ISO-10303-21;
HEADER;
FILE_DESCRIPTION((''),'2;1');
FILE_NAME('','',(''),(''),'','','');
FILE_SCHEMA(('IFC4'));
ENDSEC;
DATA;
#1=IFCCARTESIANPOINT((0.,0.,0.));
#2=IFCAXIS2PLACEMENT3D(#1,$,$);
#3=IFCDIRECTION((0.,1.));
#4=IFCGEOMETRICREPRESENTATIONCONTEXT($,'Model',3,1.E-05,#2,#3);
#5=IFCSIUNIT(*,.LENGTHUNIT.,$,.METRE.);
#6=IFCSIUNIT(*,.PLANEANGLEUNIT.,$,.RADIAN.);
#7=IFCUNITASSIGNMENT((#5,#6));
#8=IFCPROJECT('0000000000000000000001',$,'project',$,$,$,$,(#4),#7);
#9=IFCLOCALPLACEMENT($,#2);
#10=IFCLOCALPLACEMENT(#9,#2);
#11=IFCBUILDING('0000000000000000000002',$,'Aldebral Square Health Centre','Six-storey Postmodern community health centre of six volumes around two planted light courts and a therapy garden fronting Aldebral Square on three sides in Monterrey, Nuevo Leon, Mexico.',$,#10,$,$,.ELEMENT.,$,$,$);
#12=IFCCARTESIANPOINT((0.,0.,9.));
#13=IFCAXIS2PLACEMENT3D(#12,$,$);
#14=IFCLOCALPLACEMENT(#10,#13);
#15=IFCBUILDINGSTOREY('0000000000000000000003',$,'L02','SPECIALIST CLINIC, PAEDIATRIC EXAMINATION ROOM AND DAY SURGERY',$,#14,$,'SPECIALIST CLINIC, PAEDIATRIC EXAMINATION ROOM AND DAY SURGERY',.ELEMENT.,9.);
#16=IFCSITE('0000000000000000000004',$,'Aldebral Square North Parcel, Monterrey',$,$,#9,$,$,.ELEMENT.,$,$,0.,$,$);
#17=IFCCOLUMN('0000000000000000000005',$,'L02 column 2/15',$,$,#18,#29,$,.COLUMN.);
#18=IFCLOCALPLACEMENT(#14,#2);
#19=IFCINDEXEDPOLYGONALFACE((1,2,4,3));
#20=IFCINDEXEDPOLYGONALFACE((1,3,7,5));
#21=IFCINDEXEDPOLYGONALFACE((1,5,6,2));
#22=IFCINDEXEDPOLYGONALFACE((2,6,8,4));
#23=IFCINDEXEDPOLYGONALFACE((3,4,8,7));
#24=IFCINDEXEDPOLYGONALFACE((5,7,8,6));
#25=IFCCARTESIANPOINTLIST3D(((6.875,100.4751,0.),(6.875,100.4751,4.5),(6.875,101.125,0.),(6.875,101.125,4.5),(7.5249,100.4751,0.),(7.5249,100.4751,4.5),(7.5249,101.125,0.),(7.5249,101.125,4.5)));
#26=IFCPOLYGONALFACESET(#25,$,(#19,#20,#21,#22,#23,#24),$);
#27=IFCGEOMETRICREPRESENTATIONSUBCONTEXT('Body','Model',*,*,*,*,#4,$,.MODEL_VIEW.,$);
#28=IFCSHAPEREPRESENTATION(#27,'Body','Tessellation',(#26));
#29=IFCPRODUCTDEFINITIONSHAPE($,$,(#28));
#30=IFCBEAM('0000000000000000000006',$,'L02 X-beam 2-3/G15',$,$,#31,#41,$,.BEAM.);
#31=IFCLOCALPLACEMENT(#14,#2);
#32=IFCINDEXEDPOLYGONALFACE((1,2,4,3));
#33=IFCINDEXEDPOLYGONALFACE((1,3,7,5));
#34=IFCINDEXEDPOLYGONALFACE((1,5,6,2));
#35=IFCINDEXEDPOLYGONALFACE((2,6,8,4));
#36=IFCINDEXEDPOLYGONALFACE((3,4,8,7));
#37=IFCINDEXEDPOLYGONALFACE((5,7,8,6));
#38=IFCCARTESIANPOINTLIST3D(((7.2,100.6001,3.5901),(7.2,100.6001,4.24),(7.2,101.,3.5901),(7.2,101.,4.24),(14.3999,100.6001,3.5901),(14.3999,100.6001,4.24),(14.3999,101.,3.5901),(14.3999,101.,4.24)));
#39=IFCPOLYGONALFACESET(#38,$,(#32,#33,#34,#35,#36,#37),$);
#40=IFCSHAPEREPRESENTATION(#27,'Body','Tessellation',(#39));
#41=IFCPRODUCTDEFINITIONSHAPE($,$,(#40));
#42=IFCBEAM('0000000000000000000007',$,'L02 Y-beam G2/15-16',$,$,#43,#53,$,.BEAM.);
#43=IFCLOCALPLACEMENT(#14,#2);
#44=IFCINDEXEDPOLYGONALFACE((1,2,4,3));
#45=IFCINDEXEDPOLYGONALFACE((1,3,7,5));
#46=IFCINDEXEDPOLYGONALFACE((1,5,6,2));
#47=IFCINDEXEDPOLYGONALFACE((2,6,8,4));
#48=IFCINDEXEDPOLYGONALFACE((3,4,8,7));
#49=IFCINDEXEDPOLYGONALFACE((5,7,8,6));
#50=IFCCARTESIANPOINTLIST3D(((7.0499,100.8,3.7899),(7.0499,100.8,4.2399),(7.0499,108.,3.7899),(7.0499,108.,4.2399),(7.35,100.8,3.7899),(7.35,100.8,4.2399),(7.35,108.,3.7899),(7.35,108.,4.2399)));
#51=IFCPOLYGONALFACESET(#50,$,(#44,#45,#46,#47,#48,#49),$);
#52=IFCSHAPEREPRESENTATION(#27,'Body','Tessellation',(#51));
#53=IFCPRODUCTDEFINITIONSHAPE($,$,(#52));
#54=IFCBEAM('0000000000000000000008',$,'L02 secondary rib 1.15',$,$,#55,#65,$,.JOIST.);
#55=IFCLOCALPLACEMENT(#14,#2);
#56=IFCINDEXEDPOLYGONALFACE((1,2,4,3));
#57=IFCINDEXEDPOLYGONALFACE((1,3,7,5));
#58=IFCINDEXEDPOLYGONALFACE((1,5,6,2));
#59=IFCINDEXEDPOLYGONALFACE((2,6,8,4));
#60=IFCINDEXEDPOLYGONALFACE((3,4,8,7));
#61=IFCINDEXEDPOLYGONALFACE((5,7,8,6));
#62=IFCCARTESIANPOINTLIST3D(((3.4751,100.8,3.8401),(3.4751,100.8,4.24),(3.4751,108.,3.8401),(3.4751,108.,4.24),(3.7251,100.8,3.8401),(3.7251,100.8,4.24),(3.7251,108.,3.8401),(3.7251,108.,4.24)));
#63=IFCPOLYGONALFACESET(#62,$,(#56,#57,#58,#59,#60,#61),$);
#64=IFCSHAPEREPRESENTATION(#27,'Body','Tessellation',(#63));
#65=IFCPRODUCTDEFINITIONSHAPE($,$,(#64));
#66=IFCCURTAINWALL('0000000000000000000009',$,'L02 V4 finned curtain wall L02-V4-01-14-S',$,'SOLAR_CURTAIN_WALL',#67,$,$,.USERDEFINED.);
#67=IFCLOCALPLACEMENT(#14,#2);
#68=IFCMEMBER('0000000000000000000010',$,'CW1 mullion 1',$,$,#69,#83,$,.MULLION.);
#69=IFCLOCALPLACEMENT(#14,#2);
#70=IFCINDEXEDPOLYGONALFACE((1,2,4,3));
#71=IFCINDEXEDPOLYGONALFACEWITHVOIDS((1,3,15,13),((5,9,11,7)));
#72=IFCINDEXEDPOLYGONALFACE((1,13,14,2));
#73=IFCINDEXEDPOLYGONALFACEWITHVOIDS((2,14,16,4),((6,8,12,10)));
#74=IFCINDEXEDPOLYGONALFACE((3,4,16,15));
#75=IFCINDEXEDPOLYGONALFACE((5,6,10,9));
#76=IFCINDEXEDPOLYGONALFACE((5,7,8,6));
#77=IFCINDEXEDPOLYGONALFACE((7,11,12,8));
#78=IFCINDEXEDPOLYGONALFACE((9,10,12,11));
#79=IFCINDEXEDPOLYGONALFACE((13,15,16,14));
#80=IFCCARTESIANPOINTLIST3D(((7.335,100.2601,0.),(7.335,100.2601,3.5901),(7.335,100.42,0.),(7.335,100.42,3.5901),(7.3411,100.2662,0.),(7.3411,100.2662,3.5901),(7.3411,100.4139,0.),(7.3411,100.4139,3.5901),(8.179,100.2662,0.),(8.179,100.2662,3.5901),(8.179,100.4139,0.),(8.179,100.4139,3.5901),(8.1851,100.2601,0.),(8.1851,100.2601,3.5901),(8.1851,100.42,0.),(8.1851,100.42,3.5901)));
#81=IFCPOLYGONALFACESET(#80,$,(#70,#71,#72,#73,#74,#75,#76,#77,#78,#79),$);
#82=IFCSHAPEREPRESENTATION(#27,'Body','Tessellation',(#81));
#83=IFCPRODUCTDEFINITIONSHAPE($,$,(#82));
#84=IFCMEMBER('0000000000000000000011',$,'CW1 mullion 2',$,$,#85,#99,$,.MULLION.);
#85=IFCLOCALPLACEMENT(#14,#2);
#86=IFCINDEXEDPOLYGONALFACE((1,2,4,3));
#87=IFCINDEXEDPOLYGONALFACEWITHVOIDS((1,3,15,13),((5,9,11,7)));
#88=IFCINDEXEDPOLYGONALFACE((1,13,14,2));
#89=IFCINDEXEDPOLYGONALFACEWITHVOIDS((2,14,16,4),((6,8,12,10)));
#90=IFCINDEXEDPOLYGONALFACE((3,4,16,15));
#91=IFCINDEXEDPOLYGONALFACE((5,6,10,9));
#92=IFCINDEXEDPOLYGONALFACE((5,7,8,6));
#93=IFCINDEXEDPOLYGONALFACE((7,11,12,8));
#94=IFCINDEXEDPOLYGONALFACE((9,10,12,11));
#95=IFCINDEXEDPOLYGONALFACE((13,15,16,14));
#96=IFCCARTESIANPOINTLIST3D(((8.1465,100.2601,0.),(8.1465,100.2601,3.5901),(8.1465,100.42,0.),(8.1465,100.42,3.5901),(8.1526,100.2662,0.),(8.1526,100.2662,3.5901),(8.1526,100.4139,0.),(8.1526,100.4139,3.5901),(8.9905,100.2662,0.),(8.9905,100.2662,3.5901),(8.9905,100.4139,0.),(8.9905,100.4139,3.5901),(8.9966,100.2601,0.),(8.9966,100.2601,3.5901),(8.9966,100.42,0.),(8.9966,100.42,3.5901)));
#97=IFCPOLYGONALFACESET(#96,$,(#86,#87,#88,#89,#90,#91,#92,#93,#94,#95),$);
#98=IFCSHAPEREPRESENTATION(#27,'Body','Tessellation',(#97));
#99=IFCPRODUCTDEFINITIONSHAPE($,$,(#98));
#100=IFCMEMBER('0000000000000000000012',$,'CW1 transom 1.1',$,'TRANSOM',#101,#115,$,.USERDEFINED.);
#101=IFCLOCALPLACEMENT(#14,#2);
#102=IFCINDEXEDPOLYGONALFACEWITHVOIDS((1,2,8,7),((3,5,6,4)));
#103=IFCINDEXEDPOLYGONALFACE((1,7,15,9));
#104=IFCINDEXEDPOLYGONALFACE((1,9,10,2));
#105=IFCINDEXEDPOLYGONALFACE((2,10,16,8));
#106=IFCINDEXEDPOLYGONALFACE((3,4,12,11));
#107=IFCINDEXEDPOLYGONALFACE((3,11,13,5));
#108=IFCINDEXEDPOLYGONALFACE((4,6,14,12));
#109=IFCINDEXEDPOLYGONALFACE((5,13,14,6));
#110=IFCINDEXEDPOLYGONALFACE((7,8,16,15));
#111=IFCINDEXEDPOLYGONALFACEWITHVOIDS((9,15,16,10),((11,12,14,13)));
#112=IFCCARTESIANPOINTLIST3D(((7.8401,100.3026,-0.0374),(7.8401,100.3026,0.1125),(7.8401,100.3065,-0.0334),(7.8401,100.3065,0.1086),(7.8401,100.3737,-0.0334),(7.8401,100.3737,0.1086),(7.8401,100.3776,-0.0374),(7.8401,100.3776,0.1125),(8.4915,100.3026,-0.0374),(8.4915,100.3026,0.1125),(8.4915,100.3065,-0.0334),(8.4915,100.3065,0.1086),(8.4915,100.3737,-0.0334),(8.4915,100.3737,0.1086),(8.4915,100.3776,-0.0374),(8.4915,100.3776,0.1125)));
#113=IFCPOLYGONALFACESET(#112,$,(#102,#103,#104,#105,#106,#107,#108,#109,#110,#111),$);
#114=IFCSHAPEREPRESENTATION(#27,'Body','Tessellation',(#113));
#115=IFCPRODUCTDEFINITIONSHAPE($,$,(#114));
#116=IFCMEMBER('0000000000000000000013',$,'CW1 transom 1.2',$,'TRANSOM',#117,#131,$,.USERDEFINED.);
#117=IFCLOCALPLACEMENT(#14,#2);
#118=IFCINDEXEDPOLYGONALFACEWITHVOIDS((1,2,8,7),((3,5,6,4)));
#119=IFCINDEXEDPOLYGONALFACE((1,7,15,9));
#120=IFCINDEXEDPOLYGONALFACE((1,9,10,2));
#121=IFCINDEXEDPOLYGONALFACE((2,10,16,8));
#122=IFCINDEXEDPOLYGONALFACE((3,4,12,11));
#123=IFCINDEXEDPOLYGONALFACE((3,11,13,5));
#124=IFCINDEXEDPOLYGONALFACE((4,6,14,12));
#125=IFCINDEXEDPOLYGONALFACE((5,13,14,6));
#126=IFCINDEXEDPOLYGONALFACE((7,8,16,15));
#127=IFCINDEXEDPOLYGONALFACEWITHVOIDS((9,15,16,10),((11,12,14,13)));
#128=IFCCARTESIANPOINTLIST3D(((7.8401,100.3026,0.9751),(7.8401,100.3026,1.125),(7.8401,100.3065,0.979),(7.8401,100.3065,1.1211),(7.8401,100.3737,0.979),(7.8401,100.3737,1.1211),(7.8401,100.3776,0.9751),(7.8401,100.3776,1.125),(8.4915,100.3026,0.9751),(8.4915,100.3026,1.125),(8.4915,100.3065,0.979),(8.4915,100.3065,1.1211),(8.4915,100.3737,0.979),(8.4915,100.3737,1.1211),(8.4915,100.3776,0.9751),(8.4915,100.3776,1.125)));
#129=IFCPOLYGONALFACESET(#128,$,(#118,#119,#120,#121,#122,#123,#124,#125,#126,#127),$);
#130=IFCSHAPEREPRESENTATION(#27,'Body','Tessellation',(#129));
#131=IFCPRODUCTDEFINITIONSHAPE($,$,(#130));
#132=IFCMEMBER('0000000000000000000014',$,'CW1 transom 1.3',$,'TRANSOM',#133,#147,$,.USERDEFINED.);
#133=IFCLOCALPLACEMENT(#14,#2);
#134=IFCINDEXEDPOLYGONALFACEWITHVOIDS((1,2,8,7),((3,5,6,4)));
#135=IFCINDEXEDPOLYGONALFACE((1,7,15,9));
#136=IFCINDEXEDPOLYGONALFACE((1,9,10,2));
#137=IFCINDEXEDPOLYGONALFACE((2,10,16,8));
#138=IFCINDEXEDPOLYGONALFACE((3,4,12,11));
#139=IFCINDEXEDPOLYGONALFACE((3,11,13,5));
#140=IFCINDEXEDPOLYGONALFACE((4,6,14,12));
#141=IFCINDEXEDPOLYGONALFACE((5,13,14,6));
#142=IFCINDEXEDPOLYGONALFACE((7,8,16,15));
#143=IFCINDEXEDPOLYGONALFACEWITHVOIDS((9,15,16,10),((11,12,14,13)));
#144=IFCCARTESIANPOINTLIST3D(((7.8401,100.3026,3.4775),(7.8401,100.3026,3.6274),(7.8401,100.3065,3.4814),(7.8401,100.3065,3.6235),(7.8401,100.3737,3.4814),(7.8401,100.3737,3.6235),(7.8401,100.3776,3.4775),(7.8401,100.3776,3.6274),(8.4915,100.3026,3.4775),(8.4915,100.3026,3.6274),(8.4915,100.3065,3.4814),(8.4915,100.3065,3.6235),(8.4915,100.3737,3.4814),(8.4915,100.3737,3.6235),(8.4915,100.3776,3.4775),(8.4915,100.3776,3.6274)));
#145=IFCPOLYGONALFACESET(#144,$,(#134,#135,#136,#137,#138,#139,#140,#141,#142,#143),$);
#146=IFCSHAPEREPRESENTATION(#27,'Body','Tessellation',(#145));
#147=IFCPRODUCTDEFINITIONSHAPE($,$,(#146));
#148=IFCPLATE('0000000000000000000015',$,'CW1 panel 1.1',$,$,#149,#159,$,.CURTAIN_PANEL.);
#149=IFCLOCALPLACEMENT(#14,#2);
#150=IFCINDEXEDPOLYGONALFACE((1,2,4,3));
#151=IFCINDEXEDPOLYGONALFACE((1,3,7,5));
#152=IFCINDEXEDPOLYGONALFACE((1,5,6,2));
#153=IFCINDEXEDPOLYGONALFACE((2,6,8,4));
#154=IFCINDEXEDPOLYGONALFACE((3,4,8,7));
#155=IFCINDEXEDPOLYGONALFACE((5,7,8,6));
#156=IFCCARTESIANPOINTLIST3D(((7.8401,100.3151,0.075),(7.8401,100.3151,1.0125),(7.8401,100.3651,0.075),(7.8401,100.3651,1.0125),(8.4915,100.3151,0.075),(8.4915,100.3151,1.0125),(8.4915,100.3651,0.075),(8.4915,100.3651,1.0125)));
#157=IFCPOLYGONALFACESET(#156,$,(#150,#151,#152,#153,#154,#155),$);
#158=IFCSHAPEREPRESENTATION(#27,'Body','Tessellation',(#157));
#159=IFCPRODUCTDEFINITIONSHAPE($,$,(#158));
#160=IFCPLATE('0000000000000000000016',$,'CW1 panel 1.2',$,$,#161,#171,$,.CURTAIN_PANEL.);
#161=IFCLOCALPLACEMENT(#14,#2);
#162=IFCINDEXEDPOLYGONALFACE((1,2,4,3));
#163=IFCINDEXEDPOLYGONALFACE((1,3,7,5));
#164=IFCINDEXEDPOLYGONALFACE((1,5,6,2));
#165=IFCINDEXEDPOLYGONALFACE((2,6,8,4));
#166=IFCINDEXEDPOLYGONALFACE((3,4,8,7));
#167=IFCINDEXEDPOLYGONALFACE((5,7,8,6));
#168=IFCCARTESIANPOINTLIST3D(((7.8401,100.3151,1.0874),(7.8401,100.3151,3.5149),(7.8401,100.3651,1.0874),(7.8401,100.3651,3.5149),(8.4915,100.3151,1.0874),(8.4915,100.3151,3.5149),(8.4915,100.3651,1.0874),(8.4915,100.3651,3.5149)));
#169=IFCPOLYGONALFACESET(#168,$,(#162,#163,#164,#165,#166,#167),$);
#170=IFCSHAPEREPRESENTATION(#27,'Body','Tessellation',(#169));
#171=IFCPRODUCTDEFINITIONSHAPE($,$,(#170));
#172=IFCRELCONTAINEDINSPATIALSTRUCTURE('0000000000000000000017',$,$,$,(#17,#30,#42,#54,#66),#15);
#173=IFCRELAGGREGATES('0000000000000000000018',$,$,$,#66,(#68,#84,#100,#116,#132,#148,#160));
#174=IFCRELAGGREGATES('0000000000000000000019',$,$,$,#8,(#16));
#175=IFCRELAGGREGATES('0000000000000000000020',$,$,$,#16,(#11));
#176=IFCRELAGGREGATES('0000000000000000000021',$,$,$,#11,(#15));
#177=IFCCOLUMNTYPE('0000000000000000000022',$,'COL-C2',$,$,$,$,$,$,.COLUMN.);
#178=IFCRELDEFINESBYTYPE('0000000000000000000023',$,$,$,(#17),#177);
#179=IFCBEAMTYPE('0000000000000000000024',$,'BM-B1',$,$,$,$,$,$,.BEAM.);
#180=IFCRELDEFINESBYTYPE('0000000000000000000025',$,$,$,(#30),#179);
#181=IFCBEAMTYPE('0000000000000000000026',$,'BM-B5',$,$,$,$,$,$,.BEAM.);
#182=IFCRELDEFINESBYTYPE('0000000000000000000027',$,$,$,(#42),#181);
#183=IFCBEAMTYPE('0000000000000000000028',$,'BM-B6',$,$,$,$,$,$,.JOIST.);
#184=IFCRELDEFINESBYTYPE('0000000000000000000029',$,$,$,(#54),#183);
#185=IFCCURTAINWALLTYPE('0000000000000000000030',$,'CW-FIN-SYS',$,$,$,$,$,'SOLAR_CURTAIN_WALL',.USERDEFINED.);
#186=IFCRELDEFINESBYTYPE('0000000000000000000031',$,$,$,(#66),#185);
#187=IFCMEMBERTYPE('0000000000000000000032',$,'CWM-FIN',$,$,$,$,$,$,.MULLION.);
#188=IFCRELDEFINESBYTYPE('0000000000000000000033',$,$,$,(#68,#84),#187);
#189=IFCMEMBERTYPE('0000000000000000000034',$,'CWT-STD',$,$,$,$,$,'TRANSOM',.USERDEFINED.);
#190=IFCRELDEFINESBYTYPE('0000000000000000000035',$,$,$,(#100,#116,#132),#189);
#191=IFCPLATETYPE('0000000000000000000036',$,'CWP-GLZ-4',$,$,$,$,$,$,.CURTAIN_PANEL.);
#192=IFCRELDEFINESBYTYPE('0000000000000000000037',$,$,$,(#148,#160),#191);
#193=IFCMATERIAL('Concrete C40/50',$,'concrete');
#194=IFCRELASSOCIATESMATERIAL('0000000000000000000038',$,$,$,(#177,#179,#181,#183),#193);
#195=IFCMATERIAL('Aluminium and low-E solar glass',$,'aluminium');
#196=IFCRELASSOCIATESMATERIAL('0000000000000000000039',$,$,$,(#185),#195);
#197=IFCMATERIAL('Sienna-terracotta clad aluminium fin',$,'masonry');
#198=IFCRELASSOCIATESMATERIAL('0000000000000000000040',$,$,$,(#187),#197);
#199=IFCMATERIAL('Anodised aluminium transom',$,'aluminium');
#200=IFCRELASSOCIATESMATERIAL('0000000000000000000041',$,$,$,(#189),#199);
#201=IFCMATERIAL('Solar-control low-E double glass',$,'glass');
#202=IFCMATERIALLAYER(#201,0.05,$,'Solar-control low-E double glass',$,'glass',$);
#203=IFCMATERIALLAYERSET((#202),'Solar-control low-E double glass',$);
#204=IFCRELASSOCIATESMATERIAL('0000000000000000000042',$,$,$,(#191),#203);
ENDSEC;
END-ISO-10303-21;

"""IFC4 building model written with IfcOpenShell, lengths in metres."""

from ifc_helpers import new_model, si_unit, direction, frame, origin, origin_2d, place, context, subcontext, project, spatial, rectangle, hollow_rectangle, extrude, material, layer, layer_set, material_profile, profile_set, type_object, element, aggregate, save


model = new_model("IFC4")

# Units and contexts
model_context = context("Model", 3, precision=1e-05, world=origin(), true_north=direction((0.0, 1.0)))
body_context = subcontext(model_context, "Body", "Model", "MODEL_VIEW")
ifc_project = project(units=[si_unit("LENGTHUNIT", "METRE"), si_unit("PLANEANGLEUNIT", "RADIAN")], contexts=[model_context])

# Site, building, storey
site_placement = place(None, origin())
site = spatial("IfcSite", under=ifc_project, at=site_placement, Name="Aldebral Square North Parcel, Monterrey", CompositionType="ELEMENT", RefElevation=0.0)
building_placement = place(site_placement, origin())
building = spatial("IfcBuilding", under=site, at=building_placement, Name="Aldebral Square Health Centre", Description="Six-storey Postmodern community health centre of six volumes around two planted light courts and a therapy garden fronting Aldebral Square on three sides in Monterrey, Nuevo Leon, Mexico.", CompositionType="ELEMENT")
storey_placement = place(building_placement, frame((0.0, 0.0, 9.0)))
storey = spatial("IfcBuildingStorey", under=building, at=storey_placement, Name="L02", Description="SPECIALIST CLINIC, PAEDIATRIC EXAMINATION ROOM AND DAY SURGERY", LongName="SPECIALIST CLINIC, PAEDIATRIC EXAMINATION ROOM AND DAY SURGERY", CompositionType="ELEMENT", Elevation=9.0)

# Column
ifc_material_1 = material(Name="Concrete C40/50", Category="concrete")
ifc_material_profile_1 = material_profile(ifc_material_1, rectangle(XDim=0.6499, YDim=0.6499, at=origin_2d()), Name="RC 650x650")
ifc_profile_set_1 = profile_set([ifc_material_profile_1], Name="Concrete C40/50")
column_type = type_object("IfcColumnType", Name="COL-C2", PredefinedType="COLUMN", material=ifc_profile_set_1)
column_placement = place(storey_placement, frame((7.2, 100.8, 0.0), z_axis=(0.0, 0.0, 1.0), x_axis=(1.0, 0.0, 0.0)))
element("IfcColumn", 1, at=column_placement, inside=storey, type_object=column_type, Name="L02 column 2/15", PredefinedType="COLUMN", context=body_context, shape_type="SweptSolid", body=[
    extrude(rectangle(XDim=0.6499, YDim=0.6499, at=origin_2d()), origin(), (0.0, 0.0, 1.0), 4.5),
])

# Beams
ifc_material_profile_2 = material_profile(ifc_material_1, rectangle(XDim=0.3999, YDim=0.6499, at=origin_2d()), Name="RC 400x650")
ifc_profile_set_2 = profile_set([ifc_material_profile_2], Name="Concrete C40/50")
beam_type_1 = type_object("IfcBeamType", Name="BM-B1", PredefinedType="BEAM", material=ifc_profile_set_2)
beam_1_placement = place(storey_placement, frame((7.2, 100.8, 3.915), z_axis=(1.0, 0.0, 0.0), x_axis=(0.0, 1.0, 0.0)))
element("IfcBeam", 2, at=beam_1_placement, inside=storey, type_object=beam_type_1, Name="L02 X-beam 2-3/G15", PredefinedType="BEAM", context=body_context, shape_type="SweptSolid", body=[
    extrude(rectangle(XDim=0.3999, YDim=0.6499, at=origin_2d()), origin(), (0.0, 0.0, 1.0), 7.2),
])
ifc_material_profile_3 = material_profile(ifc_material_1, rectangle(XDim=0.3, YDim=0.45, at=origin_2d()), Name="RC 300x450")
ifc_profile_set_3 = profile_set([ifc_material_profile_3], Name="Concrete C40/50")
beam_type_2 = type_object("IfcBeamType", Name="BM-B5", PredefinedType="BEAM", material=ifc_profile_set_3)
beam_2_placement = place(storey_placement, frame((7.2, 100.8, 4.0149), z_axis=(0.0, 1.0, 0.0), x_axis=(-1.0, 0.0, 0.0)))
element("IfcBeam", 3, at=beam_2_placement, inside=storey, type_object=beam_type_2, Name="L02 Y-beam G2/15-16", PredefinedType="BEAM", context=body_context, shape_type="SweptSolid", body=[
    extrude(rectangle(XDim=0.3, YDim=0.45, at=origin_2d()), origin(), (0.0, 0.0, 1.0), 7.2),
])
ifc_material_profile_4 = material_profile(ifc_material_1, rectangle(XDim=0.25, YDim=0.3999, at=origin_2d()), Name="RC 250x400")
ifc_profile_set_4 = profile_set([ifc_material_profile_4], Name="Concrete C40/50")
beam_type_3 = type_object("IfcBeamType", Name="BM-B6", PredefinedType="JOIST", material=ifc_profile_set_4)
beam_3_placement = place(storey_placement, frame((3.6001, 100.8, 4.04), z_axis=(0.0, 1.0, 0.0), x_axis=(-1.0, 0.0, 0.0)))
element("IfcBeam", 4, at=beam_3_placement, inside=storey, type_object=beam_type_3, Name="L02 secondary rib 1.15", PredefinedType="JOIST", context=body_context, shape_type="SweptSolid", body=[
    extrude(rectangle(XDim=0.25, YDim=0.3999, at=origin_2d()), origin(), (0.0, 0.0, 1.0), 7.2),
])

# Curtain wall, members, plates
ifc_material_2 = material(Name="Aluminium and low-E solar glass", Category="aluminium")
curtain_wall_type = type_object("IfcCurtainWallType", Name="CW-FIN-SYS", ElementType="SOLAR_CURTAIN_WALL", PredefinedType="USERDEFINED", material=ifc_material_2)
curtain_wall_placement = place(storey_placement, origin())
curtain_wall = element("IfcCurtainWall", 5, at=curtain_wall_placement, inside=storey, type_object=curtain_wall_type, Name="L02 V4 finned curtain wall L02-V4-01-14-S", ObjectType="SOLAR_CURTAIN_WALL", PredefinedType="USERDEFINED")
ifc_material_3 = material(Name="Sienna-terracotta clad aluminium fin", Category="masonry")
ifc_material_profile_5 = material_profile(ifc_material_3, hollow_rectangle(XDim=0.1599, YDim=0.8501, WallThickness=0.0061, at=origin_2d()), Name="FIN 160x850x6")
ifc_profile_set_5 = profile_set([ifc_material_profile_5], Name="Sienna-terracotta clad aluminium fin")
member_type_1 = type_object("IfcMemberType", Name="CWM-FIN", PredefinedType="MULLION", material=ifc_profile_set_5)
member_1_placement = place(storey_placement, frame((7.76, 100.3401, 0.0), z_axis=(0.0, 0.0, 1.0), x_axis=(0.0, 1.0, 0.0)))
member_1 = element("IfcMember", 6, at=member_1_placement, type_object=member_type_1, Name="CW1 mullion 1", PredefinedType="MULLION", context=body_context, shape_type="SweptSolid", body=[
    extrude(hollow_rectangle(XDim=0.1599, YDim=0.8501, WallThickness=0.0061, at=origin_2d()), origin(), (0.0, 0.0, 1.0), 3.5901),
])
member_2_placement = place(storey_placement, frame((8.5715, 100.3401, 0.0), z_axis=(0.0, 0.0, 1.0), x_axis=(0.0, 1.0, 0.0)))
member_2 = element("IfcMember", 7, at=member_2_placement, type_object=member_type_1, Name="CW1 mullion 2", PredefinedType="MULLION", context=body_context, shape_type="SweptSolid", body=[
    extrude(hollow_rectangle(XDim=0.1599, YDim=0.8501, WallThickness=0.0061, at=origin_2d()), origin(), (0.0, 0.0, 1.0), 3.5901),
])
ifc_material_4 = material(Name="Anodised aluminium transom", Category="aluminium")
ifc_material_profile_6 = material_profile(ifc_material_4, hollow_rectangle(XDim=0.075, YDim=0.1499, WallThickness=0.0039, at=origin_2d()), Name="CWT 75x150x4")
ifc_profile_set_6 = profile_set([ifc_material_profile_6], Name="Anodised aluminium transom")
member_type_2 = type_object("IfcMemberType", Name="CWT-STD", ElementType="TRANSOM", PredefinedType="USERDEFINED", material=ifc_profile_set_6)
member_3_placement = place(storey_placement, frame((7.8401, 100.3401, 0.0376), z_axis=(1.0, 0.0, 0.0), x_axis=(0.0, 1.0, 0.0)))
member_3 = element("IfcMember", 8, at=member_3_placement, type_object=member_type_2, Name="CW1 transom 1.1", ObjectType="TRANSOM", PredefinedType="USERDEFINED", context=body_context, shape_type="SweptSolid", body=[
    extrude(hollow_rectangle(XDim=0.075, YDim=0.1499, WallThickness=0.0039, at=origin_2d()), origin(), (0.0, 0.0, 1.0), 0.6514),
])
member_4_placement = place(storey_placement, frame((7.8401, 100.3401, 1.05), z_axis=(1.0, 0.0, 0.0), x_axis=(0.0, 1.0, 0.0)))
member_4 = element("IfcMember", 9, at=member_4_placement, type_object=member_type_2, Name="CW1 transom 1.2", ObjectType="TRANSOM", PredefinedType="USERDEFINED", context=body_context, shape_type="SweptSolid", body=[
    extrude(hollow_rectangle(XDim=0.075, YDim=0.1499, WallThickness=0.0039, at=origin_2d()), origin(), (0.0, 0.0, 1.0), 0.6514),
])
member_5_placement = place(storey_placement, frame((7.8401, 100.3401, 3.5525), z_axis=(1.0, 0.0, 0.0), x_axis=(0.0, 1.0, 0.0)))
member_5 = element("IfcMember", 10, at=member_5_placement, type_object=member_type_2, Name="CW1 transom 1.3", ObjectType="TRANSOM", PredefinedType="USERDEFINED", context=body_context, shape_type="SweptSolid", body=[
    extrude(hollow_rectangle(XDim=0.075, YDim=0.1499, WallThickness=0.0039, at=origin_2d()), origin(), (0.0, 0.0, 1.0), 0.6514),
])
ifc_material_5 = material(Name="Solar-control low-E double glass", Category="glass")
ifc_layer_1 = layer(ifc_material_5, 0.05, Name="Solar-control low-E double glass", Category="glass")
ifc_layer_set_1 = layer_set([ifc_layer_1], Name="Solar-control low-E double glass")
plate_type = type_object("IfcPlateType", Name="CWP-GLZ-4", PredefinedType="CURTAIN_PANEL", material=ifc_layer_set_1)
plate_1_placement = place(storey_placement, frame((8.1658, 100.3401, 0.075), z_axis=(0.0, 0.0, 1.0), x_axis=(1.0, 0.0, 0.0)))
plate_1 = element("IfcPlate", 11, at=plate_1_placement, type_object=plate_type, Name="CW1 panel 1.1", PredefinedType="CURTAIN_PANEL", context=body_context, shape_type="SweptSolid", body=[
    extrude(rectangle(XDim=0.6514, YDim=0.05, at=origin_2d()), origin(), (0.0, 0.0, 1.0), 0.9375),
])
plate_2_placement = place(storey_placement, frame((8.1658, 100.3401, 1.0874), z_axis=(0.0, 0.0, 1.0), x_axis=(1.0, 0.0, 0.0)))
plate_2 = element("IfcPlate", 12, at=plate_2_placement, type_object=plate_type, Name="CW1 panel 1.2", PredefinedType="CURTAIN_PANEL", context=body_context, shape_type="SweptSolid", body=[
    extrude(rectangle(XDim=0.6514, YDim=0.05, at=origin_2d()), origin(), (0.0, 0.0, 1.0), 2.4275),
])
aggregate(curtain_wall, [member_1, member_2, member_3, member_4, member_5, plate_1, plate_2])

save(model, "model.ifc")
